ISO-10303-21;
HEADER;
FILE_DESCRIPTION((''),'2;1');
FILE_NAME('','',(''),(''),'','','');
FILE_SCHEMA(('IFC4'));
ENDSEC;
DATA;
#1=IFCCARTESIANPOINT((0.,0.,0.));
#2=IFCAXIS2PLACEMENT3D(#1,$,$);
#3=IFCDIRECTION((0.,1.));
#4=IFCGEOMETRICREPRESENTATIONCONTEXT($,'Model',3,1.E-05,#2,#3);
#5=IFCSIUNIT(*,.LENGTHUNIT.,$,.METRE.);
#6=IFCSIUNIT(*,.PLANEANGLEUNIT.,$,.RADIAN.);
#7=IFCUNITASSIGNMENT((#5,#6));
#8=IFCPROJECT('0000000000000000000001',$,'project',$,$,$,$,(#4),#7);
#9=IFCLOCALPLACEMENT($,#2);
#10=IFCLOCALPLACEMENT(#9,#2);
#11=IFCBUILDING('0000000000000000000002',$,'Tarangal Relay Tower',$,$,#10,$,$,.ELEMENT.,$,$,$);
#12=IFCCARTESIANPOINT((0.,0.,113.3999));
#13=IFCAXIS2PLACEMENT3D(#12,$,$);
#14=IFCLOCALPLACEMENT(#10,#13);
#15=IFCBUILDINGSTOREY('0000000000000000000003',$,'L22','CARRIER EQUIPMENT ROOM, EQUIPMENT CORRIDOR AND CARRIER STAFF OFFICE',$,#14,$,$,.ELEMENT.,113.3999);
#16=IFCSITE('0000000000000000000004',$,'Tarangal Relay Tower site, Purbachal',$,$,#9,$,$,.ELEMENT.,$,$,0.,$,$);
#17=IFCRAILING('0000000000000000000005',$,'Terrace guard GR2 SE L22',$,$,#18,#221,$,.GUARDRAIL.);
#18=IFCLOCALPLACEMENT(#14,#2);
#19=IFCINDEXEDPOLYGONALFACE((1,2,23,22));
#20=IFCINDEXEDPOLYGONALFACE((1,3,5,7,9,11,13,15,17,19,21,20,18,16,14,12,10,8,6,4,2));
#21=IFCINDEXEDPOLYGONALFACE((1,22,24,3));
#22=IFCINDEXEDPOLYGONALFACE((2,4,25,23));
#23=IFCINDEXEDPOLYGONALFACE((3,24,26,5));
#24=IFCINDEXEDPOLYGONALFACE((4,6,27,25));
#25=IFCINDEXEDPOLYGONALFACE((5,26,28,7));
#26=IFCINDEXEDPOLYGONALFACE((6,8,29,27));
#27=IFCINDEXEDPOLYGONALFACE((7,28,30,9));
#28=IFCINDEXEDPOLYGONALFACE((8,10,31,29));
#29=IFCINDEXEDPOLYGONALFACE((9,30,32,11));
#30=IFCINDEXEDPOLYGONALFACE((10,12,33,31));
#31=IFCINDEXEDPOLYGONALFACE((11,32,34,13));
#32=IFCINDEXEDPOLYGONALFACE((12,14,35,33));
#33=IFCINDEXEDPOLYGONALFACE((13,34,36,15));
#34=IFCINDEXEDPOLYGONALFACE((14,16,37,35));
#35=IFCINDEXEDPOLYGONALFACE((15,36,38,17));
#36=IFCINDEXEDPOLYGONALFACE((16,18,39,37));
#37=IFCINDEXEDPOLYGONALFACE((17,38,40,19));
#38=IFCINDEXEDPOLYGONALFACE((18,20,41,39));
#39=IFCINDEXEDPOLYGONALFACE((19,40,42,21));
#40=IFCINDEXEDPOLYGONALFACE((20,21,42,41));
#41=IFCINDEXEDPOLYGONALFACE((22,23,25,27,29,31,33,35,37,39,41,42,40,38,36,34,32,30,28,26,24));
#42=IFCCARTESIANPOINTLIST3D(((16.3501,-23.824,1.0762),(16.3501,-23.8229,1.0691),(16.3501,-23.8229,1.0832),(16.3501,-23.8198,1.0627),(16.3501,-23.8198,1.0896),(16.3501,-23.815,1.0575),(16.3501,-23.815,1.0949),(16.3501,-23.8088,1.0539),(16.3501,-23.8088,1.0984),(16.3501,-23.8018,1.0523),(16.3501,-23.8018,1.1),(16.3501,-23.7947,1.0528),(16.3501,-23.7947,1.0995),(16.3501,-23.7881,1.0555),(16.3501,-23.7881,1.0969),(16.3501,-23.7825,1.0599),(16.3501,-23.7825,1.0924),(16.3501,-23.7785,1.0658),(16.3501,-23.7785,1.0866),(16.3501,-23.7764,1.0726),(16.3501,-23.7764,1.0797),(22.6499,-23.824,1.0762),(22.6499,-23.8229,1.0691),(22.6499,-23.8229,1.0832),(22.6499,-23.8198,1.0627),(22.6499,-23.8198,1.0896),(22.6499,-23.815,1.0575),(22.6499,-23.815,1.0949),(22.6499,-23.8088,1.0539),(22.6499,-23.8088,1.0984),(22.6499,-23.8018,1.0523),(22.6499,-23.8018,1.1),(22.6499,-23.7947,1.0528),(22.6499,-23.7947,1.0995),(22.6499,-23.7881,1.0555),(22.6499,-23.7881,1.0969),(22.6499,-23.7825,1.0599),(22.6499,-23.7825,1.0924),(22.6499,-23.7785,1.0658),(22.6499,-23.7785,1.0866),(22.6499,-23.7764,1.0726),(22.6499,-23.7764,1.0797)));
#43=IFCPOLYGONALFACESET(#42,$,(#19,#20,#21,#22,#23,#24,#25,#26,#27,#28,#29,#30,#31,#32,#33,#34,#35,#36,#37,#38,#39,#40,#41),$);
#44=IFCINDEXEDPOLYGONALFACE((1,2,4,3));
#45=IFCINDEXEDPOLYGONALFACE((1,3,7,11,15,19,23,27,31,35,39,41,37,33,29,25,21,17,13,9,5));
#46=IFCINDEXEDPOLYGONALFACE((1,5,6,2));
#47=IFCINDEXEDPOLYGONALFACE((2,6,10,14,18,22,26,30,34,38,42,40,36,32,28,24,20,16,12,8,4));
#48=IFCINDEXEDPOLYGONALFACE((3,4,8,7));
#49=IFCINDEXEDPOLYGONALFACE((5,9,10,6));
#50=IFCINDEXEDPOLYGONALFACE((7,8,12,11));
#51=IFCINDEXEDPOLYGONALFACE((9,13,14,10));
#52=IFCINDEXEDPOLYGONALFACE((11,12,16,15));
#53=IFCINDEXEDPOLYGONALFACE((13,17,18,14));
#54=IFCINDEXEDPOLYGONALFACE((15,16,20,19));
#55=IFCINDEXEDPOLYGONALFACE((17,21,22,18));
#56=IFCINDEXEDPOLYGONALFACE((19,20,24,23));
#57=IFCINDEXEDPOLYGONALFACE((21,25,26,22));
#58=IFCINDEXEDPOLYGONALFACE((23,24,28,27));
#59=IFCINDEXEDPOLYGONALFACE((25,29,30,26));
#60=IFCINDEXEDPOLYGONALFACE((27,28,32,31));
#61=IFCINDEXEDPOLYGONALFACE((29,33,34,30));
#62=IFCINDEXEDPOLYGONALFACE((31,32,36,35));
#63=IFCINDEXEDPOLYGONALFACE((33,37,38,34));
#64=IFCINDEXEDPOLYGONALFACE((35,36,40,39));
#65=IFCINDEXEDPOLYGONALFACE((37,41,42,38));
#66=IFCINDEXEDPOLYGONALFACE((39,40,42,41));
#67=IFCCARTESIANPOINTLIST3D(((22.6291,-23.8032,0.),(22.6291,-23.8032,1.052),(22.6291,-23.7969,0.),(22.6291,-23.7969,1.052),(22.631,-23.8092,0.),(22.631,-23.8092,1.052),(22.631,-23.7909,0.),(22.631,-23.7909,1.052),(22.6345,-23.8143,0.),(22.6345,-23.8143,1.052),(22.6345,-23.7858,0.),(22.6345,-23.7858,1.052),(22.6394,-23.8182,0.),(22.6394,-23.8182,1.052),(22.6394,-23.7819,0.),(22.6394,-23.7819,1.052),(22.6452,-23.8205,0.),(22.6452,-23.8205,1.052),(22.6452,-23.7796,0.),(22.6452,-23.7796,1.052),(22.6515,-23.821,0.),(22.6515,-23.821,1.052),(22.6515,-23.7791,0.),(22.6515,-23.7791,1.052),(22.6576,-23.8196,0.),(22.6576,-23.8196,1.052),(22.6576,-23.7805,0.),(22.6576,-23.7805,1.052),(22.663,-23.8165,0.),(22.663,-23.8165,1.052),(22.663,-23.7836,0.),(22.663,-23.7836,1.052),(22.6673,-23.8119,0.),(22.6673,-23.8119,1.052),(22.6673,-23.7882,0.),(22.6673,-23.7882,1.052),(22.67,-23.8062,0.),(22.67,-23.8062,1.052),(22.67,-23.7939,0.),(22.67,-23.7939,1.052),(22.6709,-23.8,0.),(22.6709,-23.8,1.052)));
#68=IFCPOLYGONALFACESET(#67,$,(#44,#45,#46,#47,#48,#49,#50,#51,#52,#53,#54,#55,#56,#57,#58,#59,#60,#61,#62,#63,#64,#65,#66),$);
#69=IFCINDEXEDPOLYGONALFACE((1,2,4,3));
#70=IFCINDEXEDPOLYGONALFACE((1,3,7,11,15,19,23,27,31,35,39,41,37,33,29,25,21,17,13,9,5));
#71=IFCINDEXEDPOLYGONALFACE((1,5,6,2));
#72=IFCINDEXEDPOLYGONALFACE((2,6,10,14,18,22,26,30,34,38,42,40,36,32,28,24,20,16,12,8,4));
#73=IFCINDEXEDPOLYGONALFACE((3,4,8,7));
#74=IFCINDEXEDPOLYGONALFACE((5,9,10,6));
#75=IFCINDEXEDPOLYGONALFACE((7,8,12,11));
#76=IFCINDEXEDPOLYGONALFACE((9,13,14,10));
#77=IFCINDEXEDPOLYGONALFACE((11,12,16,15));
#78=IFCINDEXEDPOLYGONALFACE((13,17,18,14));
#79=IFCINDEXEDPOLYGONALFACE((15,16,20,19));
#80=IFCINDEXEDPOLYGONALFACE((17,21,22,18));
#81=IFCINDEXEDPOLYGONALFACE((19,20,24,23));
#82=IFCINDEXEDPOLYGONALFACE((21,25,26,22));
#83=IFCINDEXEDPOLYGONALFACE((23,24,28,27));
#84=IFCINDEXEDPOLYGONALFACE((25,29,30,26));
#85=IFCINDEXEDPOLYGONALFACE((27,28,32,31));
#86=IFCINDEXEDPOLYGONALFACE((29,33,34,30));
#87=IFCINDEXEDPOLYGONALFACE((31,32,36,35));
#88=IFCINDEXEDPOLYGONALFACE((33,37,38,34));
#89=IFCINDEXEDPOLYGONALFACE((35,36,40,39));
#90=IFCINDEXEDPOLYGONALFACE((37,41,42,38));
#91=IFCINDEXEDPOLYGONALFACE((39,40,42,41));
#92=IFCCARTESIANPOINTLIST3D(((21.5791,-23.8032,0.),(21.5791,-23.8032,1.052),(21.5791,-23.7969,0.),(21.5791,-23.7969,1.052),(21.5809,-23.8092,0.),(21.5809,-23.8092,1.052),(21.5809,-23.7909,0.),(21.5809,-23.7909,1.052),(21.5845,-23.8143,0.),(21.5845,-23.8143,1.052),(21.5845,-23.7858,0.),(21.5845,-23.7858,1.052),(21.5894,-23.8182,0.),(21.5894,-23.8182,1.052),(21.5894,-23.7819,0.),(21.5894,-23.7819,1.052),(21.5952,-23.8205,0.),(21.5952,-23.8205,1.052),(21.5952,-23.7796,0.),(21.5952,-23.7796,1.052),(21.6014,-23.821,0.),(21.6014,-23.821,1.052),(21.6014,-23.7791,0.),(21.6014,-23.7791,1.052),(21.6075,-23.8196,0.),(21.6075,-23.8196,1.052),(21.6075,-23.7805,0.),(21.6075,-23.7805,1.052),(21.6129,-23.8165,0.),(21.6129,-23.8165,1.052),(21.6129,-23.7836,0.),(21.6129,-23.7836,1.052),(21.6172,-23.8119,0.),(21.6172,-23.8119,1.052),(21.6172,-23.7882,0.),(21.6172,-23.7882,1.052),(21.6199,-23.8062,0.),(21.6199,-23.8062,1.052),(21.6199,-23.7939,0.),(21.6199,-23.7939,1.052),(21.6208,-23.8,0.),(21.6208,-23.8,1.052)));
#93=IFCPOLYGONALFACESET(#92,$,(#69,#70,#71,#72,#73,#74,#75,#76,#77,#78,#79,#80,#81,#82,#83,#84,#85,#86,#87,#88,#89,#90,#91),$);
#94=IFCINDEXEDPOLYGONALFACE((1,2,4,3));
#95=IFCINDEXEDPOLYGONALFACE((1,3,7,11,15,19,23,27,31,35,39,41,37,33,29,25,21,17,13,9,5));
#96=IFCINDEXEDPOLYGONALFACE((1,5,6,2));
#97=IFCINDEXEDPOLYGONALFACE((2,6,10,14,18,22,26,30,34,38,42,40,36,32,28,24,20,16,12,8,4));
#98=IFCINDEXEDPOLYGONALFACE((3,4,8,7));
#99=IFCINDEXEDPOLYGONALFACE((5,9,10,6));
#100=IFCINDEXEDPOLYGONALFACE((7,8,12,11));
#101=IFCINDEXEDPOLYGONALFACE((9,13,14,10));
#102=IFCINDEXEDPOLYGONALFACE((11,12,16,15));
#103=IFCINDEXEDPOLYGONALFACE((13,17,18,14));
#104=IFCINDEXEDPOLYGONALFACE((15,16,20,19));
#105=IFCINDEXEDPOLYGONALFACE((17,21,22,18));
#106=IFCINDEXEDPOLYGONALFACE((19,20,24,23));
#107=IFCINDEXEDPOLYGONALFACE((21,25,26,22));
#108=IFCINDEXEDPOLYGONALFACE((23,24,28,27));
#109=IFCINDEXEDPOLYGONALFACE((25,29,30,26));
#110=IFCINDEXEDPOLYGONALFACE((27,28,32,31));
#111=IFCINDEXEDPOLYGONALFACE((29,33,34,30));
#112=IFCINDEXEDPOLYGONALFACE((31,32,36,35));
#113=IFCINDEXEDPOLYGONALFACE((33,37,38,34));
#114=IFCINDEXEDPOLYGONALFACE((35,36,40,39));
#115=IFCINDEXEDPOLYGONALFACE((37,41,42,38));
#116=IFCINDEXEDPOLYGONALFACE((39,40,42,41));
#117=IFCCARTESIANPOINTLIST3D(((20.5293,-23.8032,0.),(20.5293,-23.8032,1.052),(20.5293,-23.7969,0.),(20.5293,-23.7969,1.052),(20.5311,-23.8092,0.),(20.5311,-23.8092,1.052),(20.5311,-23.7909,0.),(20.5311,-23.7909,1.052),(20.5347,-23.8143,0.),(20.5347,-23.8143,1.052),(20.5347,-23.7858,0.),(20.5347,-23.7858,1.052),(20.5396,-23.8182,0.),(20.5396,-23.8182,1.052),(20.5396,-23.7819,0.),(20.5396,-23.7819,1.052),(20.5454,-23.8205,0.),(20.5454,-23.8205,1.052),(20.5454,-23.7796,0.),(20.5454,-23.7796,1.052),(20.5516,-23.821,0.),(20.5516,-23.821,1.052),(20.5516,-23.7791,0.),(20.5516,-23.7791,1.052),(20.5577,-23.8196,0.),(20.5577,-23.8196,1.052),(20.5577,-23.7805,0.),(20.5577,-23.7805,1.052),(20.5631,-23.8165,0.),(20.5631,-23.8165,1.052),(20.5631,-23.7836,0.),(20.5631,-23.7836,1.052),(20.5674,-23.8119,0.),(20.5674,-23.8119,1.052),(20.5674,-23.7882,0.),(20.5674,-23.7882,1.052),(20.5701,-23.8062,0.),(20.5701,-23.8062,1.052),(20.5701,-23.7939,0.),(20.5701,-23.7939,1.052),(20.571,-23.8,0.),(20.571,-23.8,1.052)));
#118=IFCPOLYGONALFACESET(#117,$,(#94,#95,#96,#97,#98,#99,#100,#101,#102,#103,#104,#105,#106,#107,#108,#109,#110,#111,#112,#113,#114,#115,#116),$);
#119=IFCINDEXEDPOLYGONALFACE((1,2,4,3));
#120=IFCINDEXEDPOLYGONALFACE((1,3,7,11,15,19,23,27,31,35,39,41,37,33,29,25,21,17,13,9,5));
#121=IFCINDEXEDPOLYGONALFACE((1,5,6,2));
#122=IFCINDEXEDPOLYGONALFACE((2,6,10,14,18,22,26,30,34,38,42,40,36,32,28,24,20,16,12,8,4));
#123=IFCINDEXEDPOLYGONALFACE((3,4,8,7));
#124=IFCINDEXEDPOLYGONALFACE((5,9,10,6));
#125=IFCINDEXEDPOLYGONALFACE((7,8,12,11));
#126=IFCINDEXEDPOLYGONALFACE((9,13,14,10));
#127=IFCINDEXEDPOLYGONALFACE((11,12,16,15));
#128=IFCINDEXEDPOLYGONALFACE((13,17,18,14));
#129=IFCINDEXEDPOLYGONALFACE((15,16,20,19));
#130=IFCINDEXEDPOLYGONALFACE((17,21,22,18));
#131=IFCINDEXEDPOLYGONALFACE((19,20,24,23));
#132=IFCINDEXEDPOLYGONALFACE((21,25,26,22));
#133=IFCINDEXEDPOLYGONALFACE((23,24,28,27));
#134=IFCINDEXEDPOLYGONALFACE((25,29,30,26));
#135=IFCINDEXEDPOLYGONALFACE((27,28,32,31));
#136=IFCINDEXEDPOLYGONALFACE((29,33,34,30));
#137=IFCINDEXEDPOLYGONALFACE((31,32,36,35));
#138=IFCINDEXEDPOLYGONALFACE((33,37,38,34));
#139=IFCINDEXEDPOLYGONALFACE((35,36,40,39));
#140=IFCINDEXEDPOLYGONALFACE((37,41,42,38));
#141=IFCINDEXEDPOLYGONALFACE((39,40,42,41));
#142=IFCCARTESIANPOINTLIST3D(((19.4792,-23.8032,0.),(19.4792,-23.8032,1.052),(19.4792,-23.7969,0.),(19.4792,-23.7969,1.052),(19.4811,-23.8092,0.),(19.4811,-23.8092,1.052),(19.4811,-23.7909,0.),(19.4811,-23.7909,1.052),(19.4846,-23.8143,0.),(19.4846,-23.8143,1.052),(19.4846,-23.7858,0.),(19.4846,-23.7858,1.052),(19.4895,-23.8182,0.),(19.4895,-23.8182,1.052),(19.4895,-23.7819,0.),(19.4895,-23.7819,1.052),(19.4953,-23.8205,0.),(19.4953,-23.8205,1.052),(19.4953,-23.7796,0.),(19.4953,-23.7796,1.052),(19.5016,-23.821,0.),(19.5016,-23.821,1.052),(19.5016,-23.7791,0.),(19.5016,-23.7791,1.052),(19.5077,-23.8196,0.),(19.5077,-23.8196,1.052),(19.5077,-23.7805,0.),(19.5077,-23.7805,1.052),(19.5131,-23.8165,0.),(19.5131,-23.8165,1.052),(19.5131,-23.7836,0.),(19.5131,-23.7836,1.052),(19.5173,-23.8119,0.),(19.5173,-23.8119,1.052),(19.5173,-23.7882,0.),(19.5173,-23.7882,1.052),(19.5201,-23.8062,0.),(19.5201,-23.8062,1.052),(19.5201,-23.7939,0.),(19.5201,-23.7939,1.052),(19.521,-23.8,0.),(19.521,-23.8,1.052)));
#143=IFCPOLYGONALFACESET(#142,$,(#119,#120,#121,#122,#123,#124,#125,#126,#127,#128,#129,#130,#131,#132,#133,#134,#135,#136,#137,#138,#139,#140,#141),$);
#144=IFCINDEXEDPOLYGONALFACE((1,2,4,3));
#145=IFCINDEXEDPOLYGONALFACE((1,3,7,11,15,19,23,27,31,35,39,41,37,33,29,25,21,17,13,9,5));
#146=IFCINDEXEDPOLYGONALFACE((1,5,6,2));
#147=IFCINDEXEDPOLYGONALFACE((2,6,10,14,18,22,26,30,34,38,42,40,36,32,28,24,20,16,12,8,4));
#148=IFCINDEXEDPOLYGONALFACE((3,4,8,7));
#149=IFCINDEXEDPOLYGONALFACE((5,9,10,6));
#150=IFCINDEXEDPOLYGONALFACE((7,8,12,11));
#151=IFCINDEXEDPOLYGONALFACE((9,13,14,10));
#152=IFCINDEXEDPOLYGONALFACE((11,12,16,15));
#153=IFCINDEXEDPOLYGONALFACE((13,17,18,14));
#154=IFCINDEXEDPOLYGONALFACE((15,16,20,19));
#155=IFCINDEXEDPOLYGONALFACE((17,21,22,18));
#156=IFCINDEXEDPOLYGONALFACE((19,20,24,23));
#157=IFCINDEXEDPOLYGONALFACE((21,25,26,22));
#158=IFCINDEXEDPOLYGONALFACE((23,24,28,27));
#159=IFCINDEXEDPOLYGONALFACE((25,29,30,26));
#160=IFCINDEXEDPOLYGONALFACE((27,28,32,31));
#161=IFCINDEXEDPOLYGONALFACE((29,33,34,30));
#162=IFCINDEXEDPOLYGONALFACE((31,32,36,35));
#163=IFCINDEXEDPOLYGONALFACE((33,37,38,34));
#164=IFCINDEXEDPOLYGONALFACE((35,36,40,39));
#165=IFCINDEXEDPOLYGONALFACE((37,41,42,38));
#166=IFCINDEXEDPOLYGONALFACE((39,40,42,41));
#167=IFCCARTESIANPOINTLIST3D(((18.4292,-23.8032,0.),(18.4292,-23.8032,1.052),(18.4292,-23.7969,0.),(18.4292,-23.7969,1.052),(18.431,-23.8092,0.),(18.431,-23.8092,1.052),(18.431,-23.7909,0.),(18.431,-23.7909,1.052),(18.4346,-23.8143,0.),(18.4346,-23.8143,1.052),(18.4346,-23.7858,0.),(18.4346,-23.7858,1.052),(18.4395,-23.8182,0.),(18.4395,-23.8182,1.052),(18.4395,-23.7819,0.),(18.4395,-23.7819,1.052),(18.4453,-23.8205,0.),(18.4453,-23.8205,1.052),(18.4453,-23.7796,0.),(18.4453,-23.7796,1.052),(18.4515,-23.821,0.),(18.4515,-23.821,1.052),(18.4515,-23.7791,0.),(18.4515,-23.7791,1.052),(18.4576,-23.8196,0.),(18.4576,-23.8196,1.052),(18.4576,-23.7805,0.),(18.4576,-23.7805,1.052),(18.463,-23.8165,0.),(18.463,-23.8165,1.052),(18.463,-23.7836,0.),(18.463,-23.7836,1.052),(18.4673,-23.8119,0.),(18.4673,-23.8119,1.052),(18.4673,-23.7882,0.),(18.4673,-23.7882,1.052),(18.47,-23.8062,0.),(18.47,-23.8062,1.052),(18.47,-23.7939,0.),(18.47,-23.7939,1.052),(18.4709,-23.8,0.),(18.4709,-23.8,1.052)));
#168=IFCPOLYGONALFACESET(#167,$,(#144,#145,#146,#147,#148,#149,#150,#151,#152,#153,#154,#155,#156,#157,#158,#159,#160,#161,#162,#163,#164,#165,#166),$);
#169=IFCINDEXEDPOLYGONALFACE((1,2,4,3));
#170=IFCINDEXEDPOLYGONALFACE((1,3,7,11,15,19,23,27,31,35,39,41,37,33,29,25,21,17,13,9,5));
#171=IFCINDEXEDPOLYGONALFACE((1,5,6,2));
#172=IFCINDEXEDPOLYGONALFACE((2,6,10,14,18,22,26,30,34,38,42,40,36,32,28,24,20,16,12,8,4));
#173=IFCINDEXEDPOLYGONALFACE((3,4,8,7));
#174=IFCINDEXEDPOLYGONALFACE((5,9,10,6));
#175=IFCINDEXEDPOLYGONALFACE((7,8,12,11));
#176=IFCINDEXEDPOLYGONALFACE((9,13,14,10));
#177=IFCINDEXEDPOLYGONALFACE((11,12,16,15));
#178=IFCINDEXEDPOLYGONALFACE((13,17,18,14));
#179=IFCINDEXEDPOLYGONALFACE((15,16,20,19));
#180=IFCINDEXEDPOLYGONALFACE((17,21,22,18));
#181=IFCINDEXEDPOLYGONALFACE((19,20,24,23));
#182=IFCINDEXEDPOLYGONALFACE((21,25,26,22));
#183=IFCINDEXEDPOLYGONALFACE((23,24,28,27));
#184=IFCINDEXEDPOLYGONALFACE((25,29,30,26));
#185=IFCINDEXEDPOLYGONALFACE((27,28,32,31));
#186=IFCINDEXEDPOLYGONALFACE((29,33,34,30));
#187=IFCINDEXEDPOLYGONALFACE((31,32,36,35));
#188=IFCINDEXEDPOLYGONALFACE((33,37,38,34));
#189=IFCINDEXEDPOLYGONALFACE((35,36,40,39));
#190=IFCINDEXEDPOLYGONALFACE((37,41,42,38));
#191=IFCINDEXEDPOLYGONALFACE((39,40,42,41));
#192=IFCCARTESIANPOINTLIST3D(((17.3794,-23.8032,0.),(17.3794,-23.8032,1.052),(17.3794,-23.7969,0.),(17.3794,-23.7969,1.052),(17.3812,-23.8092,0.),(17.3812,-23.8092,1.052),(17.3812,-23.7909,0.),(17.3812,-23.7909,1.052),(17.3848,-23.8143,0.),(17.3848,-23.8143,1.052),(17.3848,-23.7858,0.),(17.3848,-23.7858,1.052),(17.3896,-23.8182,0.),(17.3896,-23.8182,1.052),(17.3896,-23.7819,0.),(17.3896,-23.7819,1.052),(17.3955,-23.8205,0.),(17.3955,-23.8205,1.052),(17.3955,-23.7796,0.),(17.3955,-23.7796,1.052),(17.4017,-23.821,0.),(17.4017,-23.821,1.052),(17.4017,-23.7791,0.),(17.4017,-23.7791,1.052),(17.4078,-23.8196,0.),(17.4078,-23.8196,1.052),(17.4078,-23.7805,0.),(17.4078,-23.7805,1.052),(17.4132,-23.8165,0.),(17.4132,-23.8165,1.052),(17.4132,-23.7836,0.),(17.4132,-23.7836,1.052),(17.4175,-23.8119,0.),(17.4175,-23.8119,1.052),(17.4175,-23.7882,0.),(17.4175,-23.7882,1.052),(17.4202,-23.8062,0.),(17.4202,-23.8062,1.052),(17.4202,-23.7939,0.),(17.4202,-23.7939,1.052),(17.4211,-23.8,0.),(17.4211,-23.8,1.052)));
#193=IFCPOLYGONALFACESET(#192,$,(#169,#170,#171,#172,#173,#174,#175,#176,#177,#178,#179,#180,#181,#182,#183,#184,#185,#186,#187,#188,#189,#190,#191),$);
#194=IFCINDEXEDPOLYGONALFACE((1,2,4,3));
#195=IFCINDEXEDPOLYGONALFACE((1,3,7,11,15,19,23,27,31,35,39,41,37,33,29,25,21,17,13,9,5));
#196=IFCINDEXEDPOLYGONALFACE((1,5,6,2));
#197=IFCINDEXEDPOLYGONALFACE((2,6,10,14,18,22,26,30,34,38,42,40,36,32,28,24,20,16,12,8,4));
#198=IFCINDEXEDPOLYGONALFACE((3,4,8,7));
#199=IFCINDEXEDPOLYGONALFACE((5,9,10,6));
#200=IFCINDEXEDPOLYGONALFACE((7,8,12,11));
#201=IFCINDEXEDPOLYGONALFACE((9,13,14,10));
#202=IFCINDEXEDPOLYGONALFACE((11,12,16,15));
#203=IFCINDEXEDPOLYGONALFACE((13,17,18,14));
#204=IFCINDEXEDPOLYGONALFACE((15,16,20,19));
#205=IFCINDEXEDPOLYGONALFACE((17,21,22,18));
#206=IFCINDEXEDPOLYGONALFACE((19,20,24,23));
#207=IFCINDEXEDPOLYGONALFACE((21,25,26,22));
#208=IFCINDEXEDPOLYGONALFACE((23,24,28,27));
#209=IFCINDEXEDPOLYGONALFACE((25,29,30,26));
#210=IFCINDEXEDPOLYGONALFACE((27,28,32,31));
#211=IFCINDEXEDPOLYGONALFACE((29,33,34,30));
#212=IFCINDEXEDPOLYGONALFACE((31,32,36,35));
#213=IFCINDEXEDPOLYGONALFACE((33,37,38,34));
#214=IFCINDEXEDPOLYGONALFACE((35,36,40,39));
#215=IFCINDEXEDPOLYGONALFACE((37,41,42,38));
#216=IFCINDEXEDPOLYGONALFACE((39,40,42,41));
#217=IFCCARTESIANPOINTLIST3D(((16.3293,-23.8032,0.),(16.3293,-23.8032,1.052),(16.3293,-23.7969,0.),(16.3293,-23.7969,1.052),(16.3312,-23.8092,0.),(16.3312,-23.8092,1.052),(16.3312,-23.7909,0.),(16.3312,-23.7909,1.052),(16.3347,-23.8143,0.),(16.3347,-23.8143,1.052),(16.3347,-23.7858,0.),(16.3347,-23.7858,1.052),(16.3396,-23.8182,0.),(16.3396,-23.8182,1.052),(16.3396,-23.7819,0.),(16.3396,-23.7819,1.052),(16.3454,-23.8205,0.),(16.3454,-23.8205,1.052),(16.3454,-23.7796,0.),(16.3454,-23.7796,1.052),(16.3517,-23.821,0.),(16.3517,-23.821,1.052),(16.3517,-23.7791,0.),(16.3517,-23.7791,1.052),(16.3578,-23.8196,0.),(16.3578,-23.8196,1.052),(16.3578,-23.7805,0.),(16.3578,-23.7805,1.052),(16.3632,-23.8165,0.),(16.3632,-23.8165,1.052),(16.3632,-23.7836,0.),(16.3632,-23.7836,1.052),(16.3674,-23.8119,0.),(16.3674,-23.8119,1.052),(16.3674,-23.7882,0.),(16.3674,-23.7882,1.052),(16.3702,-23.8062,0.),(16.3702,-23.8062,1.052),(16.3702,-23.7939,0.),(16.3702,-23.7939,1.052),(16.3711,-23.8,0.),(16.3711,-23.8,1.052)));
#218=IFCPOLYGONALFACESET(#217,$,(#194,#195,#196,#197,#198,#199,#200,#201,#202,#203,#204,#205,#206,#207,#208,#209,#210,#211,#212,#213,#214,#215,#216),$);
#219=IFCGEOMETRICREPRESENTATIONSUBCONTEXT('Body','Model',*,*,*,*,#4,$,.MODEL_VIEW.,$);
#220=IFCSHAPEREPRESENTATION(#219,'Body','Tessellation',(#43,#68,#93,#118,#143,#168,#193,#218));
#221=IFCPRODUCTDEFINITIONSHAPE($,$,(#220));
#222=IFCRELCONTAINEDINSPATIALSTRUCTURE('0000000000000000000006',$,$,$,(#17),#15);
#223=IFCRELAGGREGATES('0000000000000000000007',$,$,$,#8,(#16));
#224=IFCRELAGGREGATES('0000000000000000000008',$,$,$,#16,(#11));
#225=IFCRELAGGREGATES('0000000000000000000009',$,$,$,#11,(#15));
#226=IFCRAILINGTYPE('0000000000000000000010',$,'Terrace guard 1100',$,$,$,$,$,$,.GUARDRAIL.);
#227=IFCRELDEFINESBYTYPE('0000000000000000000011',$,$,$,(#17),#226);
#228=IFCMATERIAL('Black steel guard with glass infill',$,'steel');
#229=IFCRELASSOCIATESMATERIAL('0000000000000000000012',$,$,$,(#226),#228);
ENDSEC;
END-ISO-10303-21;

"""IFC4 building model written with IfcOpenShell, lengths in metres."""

from ifc_helpers import new_model, si_unit, direction, frame, origin, origin_2d, place, context, subcontext, project, spatial, circle, extrude, material, type_object, element, save


model = new_model("IFC4")

# Units and contexts
model_context = context("Model", 3, precision=1e-05, world=origin(), true_north=direction((0.0, 1.0)))
body_context = subcontext(model_context, "Body", "Model", "MODEL_VIEW")
ifc_project = project(units=[si_unit("LENGTHUNIT", "METRE"), si_unit("PLANEANGLEUNIT", "RADIAN")], contexts=[model_context])

# Site, building, storey
site_placement = place(None, origin())
site = spatial("IfcSite", under=ifc_project, at=site_placement, Name="Tarangal Relay Tower site, Purbachal", CompositionType="ELEMENT", RefElevation=0.0)
building_placement = place(site_placement, origin())
building = spatial("IfcBuilding", under=site, at=building_placement, Name="Tarangal Relay Tower", CompositionType="ELEMENT")
storey_placement = place(building_placement, frame((0.0, 0.0, 113.3999)))
storey = spatial("IfcBuildingStorey", under=building, at=storey_placement, Name="L22", Description="CARRIER EQUIPMENT ROOM, EQUIPMENT CORRIDOR AND CARRIER STAFF OFFICE", CompositionType="ELEMENT", Elevation=113.3999)

# Railing
ifc_material_1 = material(Name="Black steel guard with glass infill", Category="steel")
railing_type = type_object("IfcRailingType", Name="Terrace guard 1100", PredefinedType="GUARDRAIL", material=ifc_material_1)
railing_1_placement = place(storey_placement, frame((22.6499, -23.8, 0.0)))
element("IfcRailing", 1, at=railing_1_placement, inside=storey, type_object=railing_type, Name="Terrace guard GR2 SE L22", PredefinedType="GUARDRAIL", context=body_context, shape_type="SweptSolid", body=[
    extrude(circle(Radius=0.0239, at=origin_2d()), frame((0.0, 0.0, 1.0762), z_axis=(-1.0, 0.0, 0.0), x_axis=(0.0, -1.0, 0.0)), (0.0, 0.0, 1.0), 6.2998),
    extrude(circle(Radius=0.021, at=origin_2d()), origin(), (0.0, 0.0, 1.0), 1.052),
    extrude(circle(Radius=0.021, at=origin_2d()), frame((-1.05, 0.0, 0.0)), (0.0, 0.0, 1.0), 1.052),
    extrude(circle(Radius=0.021, at=origin_2d()), frame((-2.0999, 0.0, 0.0)), (0.0, 0.0, 1.0), 1.052),
    extrude(circle(Radius=0.021, at=origin_2d()), frame((-3.1499, 0.0, 0.0)), (0.0, 0.0, 1.0), 1.052),
    extrude(circle(Radius=0.021, at=origin_2d()), frame((-4.2, 0.0, 0.0)), (0.0, 0.0, 1.0), 1.052),
    extrude(circle(Radius=0.021, at=origin_2d()), frame((-5.2498, 0.0, 0.0)), (0.0, 0.0, 1.0), 1.052),
    extrude(circle(Radius=0.021, at=origin_2d()), frame((-6.2998, 0.0, 0.0)), (0.0, 0.0, 1.0), 1.052),
])

save(model, "model.ifc")
